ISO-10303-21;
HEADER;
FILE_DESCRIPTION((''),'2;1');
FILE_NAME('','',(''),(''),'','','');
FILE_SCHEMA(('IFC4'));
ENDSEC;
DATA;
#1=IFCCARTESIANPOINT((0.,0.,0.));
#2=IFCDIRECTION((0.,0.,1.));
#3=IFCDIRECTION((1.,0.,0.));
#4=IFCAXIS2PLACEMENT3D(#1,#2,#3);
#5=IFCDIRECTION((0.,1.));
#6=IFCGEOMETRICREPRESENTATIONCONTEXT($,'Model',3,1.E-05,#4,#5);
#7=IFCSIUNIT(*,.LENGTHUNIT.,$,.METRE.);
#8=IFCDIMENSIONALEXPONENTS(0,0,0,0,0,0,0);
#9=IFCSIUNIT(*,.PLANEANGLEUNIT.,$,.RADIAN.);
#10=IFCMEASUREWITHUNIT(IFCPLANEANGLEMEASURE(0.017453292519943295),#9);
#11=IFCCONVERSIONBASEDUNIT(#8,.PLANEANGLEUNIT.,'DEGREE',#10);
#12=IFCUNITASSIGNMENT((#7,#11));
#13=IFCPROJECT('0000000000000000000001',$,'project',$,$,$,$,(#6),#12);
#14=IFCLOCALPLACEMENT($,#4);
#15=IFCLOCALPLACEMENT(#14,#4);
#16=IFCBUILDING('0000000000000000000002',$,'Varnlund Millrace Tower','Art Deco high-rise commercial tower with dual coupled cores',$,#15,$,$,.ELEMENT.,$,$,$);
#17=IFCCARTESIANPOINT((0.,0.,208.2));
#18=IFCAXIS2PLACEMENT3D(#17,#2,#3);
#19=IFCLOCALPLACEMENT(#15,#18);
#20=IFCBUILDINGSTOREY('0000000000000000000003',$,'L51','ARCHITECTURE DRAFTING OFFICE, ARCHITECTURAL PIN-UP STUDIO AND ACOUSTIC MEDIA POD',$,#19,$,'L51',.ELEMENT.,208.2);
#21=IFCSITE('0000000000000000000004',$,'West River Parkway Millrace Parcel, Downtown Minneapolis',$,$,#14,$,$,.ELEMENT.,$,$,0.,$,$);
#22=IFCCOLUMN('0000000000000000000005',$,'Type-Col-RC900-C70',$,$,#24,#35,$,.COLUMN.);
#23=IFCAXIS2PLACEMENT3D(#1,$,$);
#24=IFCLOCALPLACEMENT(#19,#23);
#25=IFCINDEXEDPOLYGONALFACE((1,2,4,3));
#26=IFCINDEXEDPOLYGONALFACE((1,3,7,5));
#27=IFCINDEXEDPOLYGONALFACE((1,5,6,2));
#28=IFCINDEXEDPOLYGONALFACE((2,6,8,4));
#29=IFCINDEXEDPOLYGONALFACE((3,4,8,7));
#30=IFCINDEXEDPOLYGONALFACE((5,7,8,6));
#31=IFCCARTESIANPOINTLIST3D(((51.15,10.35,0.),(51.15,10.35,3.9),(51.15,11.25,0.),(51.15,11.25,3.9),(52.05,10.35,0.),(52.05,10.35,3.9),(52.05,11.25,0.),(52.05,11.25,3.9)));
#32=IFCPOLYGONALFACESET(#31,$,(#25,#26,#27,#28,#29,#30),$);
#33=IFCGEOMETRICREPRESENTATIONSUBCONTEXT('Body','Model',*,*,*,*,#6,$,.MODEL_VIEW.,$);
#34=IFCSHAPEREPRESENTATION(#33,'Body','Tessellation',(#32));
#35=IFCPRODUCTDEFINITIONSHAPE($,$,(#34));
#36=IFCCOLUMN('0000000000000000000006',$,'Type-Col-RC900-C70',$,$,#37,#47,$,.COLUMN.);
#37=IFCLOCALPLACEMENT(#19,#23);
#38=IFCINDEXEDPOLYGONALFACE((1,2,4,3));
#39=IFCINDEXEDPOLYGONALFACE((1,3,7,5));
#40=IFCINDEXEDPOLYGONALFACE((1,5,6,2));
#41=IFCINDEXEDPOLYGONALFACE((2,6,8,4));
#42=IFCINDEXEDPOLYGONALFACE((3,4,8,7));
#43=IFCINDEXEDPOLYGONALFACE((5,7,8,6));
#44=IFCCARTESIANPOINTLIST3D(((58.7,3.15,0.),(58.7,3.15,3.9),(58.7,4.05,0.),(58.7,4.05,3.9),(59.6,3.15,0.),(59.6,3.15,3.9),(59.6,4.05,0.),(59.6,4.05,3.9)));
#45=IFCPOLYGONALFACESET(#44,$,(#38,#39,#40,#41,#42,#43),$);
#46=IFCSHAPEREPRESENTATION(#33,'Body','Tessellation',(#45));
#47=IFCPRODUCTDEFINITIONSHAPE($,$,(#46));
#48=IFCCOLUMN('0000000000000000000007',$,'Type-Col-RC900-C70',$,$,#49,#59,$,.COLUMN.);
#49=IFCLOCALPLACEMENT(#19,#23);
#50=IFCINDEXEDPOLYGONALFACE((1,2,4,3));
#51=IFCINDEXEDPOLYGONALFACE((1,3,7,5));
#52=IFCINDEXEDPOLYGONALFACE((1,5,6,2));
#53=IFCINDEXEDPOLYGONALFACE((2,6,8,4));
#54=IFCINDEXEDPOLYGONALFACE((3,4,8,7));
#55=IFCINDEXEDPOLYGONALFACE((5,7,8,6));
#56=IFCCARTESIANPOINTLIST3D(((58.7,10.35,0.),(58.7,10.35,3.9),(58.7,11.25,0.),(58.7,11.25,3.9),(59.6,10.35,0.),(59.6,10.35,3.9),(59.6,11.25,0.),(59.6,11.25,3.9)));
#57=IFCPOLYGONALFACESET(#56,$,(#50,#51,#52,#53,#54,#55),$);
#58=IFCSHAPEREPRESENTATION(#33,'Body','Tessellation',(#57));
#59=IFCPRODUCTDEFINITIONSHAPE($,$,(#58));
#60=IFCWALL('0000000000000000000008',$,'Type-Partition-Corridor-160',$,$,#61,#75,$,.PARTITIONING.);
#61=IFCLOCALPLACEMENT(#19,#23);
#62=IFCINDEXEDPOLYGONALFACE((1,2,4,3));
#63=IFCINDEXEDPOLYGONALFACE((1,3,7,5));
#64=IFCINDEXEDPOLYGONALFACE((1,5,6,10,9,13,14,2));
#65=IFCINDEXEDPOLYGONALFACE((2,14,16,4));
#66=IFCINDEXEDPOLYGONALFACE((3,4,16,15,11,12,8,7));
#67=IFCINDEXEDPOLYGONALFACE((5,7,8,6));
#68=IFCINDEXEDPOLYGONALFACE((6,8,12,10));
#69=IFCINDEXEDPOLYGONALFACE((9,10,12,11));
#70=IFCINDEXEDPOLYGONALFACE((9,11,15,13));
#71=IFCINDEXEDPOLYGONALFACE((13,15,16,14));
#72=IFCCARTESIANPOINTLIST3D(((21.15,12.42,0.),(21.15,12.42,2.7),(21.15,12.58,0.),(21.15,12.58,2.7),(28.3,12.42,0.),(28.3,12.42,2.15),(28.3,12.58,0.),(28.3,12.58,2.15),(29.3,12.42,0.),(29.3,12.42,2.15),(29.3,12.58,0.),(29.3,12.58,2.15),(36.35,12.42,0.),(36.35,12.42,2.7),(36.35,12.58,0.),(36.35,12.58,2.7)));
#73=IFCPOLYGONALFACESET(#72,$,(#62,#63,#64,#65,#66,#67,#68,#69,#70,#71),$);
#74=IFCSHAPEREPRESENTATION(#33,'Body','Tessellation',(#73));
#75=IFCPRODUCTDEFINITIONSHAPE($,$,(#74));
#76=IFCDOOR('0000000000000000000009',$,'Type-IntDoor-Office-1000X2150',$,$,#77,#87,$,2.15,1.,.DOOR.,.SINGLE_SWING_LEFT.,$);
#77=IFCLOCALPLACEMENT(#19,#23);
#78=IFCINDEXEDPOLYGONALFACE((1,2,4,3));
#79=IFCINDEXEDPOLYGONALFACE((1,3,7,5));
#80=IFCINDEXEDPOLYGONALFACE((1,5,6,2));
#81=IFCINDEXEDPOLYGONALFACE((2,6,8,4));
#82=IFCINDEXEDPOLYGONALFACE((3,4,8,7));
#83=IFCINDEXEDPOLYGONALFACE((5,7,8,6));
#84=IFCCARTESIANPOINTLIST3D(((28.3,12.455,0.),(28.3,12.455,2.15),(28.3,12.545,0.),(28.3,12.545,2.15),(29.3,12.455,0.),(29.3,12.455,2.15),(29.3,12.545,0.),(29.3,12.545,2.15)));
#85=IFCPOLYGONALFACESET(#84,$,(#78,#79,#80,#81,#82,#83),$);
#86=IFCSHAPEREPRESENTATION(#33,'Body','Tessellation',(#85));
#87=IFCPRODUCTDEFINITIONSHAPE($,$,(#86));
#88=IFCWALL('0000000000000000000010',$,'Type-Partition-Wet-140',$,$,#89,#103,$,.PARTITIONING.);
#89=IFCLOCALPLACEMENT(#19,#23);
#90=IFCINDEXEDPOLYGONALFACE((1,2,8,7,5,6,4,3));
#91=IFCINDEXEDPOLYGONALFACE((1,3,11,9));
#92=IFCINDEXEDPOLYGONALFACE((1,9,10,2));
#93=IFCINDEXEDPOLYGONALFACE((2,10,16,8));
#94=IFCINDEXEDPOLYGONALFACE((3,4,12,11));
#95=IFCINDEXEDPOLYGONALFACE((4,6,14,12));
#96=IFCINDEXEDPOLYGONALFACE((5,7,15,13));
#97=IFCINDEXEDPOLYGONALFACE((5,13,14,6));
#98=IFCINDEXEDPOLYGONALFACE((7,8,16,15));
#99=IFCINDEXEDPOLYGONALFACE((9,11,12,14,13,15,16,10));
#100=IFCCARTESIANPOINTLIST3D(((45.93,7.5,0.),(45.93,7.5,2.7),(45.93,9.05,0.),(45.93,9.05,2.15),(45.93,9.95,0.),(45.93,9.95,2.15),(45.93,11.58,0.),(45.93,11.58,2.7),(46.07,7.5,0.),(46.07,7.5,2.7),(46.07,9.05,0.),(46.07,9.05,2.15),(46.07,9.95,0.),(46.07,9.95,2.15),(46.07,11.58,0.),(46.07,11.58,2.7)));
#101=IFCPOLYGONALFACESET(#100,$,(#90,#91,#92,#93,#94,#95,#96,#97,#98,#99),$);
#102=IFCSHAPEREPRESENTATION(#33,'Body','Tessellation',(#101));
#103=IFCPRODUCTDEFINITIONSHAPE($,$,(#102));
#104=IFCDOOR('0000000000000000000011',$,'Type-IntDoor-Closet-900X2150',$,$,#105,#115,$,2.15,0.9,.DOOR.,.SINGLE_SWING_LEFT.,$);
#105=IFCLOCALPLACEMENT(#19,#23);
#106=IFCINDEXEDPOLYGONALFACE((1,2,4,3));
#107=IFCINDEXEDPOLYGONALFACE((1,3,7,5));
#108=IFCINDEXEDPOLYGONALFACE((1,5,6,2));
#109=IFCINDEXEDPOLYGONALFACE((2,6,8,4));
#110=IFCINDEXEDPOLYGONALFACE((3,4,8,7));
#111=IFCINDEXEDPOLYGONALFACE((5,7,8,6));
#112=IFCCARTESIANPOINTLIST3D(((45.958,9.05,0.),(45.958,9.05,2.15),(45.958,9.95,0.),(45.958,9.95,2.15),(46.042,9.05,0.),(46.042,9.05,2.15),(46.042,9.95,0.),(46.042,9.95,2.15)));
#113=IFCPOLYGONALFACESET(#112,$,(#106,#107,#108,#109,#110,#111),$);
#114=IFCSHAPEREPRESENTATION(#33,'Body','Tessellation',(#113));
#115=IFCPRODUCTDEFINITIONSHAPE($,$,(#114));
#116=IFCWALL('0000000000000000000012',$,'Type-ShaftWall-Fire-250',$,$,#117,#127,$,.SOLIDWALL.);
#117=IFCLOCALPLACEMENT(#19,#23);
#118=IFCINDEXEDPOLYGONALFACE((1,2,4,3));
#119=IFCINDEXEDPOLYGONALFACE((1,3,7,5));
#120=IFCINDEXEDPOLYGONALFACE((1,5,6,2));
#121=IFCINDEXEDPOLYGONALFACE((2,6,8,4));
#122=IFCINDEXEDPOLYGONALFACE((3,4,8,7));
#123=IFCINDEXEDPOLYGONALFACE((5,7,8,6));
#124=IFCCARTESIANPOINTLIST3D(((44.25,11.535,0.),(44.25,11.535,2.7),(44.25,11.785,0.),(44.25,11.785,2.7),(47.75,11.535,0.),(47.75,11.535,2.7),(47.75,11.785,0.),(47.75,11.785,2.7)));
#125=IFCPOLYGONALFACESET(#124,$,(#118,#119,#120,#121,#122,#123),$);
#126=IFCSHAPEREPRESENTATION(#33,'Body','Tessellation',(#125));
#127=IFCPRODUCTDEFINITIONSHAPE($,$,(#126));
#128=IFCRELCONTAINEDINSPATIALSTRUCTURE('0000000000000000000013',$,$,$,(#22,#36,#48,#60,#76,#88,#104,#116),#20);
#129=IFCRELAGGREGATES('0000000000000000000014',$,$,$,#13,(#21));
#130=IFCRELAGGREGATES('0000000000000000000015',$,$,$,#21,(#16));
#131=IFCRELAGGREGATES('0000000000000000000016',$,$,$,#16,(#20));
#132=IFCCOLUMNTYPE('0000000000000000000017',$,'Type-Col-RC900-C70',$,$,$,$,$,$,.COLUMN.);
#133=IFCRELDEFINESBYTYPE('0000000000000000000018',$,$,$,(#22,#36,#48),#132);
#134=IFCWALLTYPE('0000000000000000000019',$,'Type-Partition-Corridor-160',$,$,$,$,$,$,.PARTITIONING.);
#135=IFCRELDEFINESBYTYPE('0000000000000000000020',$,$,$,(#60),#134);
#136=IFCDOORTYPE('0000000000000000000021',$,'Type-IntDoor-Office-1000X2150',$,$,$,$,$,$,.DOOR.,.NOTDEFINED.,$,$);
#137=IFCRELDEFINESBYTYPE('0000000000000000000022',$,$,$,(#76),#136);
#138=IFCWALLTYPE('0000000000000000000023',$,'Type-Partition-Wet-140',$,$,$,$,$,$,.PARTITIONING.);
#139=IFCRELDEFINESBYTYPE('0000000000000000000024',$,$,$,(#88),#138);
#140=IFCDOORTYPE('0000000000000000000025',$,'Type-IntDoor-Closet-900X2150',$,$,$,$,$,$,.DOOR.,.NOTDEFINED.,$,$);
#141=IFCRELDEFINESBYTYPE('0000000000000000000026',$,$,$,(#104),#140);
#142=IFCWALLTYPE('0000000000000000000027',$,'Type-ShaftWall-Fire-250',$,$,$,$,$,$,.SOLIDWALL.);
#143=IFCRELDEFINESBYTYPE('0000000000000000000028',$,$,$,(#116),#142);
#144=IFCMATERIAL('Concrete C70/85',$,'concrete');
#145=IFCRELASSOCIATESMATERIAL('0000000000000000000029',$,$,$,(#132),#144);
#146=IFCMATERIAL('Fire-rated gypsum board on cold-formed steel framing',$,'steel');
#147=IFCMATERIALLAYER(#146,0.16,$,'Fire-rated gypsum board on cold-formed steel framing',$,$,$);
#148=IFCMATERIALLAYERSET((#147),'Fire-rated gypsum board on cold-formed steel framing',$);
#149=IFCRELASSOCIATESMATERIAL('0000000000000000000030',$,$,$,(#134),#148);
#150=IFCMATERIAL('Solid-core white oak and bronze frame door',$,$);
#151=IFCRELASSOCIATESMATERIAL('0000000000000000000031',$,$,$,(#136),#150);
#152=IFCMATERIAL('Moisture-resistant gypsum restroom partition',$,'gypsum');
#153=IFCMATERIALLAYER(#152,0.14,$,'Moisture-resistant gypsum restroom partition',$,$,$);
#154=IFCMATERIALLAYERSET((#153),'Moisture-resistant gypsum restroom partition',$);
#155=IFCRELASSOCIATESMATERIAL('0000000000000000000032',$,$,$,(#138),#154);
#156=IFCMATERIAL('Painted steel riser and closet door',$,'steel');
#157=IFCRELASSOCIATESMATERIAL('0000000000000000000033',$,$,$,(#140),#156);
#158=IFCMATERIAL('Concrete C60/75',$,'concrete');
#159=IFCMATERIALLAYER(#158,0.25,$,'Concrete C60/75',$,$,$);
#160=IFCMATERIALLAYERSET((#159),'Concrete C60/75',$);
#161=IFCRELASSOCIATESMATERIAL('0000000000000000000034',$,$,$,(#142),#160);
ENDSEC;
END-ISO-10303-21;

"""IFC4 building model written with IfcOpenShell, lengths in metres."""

from ifc_helpers import new_model, entity, si_unit, converted_unit, direction, frame, origin_with_axes, origin_2d_with_axis, place, context, subcontext, project, spatial, polyline, rectangle, outline, extrude, material, layer, layer_set, material_profile, profile_set, type_object, element, fill, save


model = new_model("IFC4")

# Units and contexts
model_context = context("Model", 3, precision=1e-05, world=origin_with_axes(), true_north=direction((0.0, 1.0)))
body_context = subcontext(model_context, "Body", "Model", "MODEL_VIEW")
ifc_project = project(units=[si_unit("LENGTHUNIT", "METRE"), converted_unit("PLANEANGLEUNIT", "DEGREE", entity("IfcPlaneAngleMeasure", 0.017453292519943295), si_unit("PLANEANGLEUNIT", "RADIAN"), dimensions=[0, 0, 0, 0, 0, 0, 0])], contexts=[model_context])

# Site, building, storey
site_placement = place(None, origin_with_axes())
site = spatial("IfcSite", under=ifc_project, at=site_placement, Name="West River Parkway Millrace Parcel, Downtown Minneapolis", CompositionType="ELEMENT", RefElevation=0.0)
building_placement = place(site_placement, origin_with_axes())
building = spatial("IfcBuilding", under=site, at=building_placement, Name="Varnlund Millrace Tower", Description="Art Deco high-rise commercial tower with dual coupled cores", CompositionType="ELEMENT")
storey_placement = place(building_placement, frame((0.0, 0.0, 208.2), z_axis=(0.0, 0.0, 1.0), x_axis=(1.0, 0.0, 0.0)))
storey = spatial("IfcBuildingStorey", under=building, at=storey_placement, Name="L51", Description="ARCHITECTURE DRAFTING OFFICE, ARCHITECTURAL PIN-UP STUDIO AND ACOUSTIC MEDIA POD", LongName="L51", CompositionType="ELEMENT", Elevation=208.2)

# Columns
ifc_material_1 = material(Name="Concrete C70/85", Category="concrete")
ifc_material_profile_1 = material_profile(ifc_material_1, rectangle(XDim=0.9, YDim=0.9, at=origin_2d_with_axis()), Name="Concrete C70/85")
ifc_profile_set_1 = profile_set([ifc_material_profile_1], Name="Concrete C70/85")
column_type_1 = type_object("IfcColumnType", Name="Type-Col-RC900-C70", PredefinedType="COLUMN", material=ifc_profile_set_1)
for number, where, z_axis, x_axis, name in (
    (1, (51.6, 10.8, 0.0), (0.0, 0.0, 1.0), (1.0, 0.0, 0.0), "Type-Col-RC900-C70"),
    (2, (59.15, 3.6, 0.0), (0.0, 0.0, 1.0), (1.0, 0.0, 0.0), "Type-Col-RC900-C70"),
    (3, (59.15, 10.8, 0.0), (0.0, 0.0, 1.0), (1.0, 0.0, 0.0), "Type-Col-RC900-C70"),
):
    element("IfcColumn", number, at=place(storey_placement, frame(where, z_axis=z_axis, x_axis=x_axis)), inside=storey, type_object=column_type_1, Name=name, PredefinedType="COLUMN", context=body_context, shape_type="SweptSolid", body=[
        extrude(rectangle(XDim=0.9, YDim=0.9, at=origin_2d_with_axis()), origin_with_axes(), (0.0, 0.0, 1.0), 3.9),
    ])

# Shared definitions
ifc_material_2 = material(Name="Fire-rated gypsum board on cold-formed steel framing", Category="steel")
ifc_layer_1 = layer(ifc_material_2, 0.16, Name="Fire-rated gypsum board on cold-formed steel framing")
ifc_layer_set_1 = layer_set([ifc_layer_1], Name="Fire-rated gypsum board on cold-formed steel framing")
wall_type_1 = type_object("IfcWallType", Name="Type-Partition-Corridor-160", PredefinedType="PARTITIONING", material=ifc_layer_set_1)
ifc_material_3 = material(Name="Solid-core white oak and bronze frame door")
door_type_1 = type_object("IfcDoorType", Name="Type-IntDoor-Office-1000X2150", OperationType="NOTDEFINED", PredefinedType="DOOR", material=ifc_material_3)

# Wall, opening, door
wall_1_placement = place(storey_placement, frame((21.15, 12.5, 0.0), z_axis=(0.0, 0.0, 1.0), x_axis=(1.0, 0.0, 0.0)))
wall_1 = element("IfcWall", 4, at=wall_1_placement, inside=storey, type_object=wall_type_1, Name="Type-Partition-Corridor-160", PredefinedType="PARTITIONING", context=body_context, shape_type="SweptSolid", body=[
    extrude(outline(polyline([(0.0, -0.08), (15.2, -0.08), (15.2, 0.08), (0.0, 0.08), (0.0, -0.08)])), origin_with_axes(), (0.0, 0.0, 1.0), 2.7),
])
opening_1_placement = place(wall_1_placement, frame((7.65, 0.0, 0.0), z_axis=(0.0, 0.0, 1.0), x_axis=(1.0, 0.0, 0.0)))
opening_1 = element("IfcOpeningElement", 5, at=opening_1_placement, cuts=wall_1, PredefinedType="OPENING", context=body_context, shape_type="SweptSolid", body=[
    extrude(rectangle(XDim=1.0, YDim=0.18, at=origin_2d_with_axis()), origin_with_axes(), (0.0, 0.0, 1.0), 2.15),
])
door_1_placement = place(wall_1_placement, frame((7.65, 0.0, 0.0), z_axis=(0.0, 0.0, 1.0), x_axis=(1.0, 0.0, 0.0)))
door_1 = element("IfcDoor", 6, at=door_1_placement, inside=storey, type_object=door_type_1, Name="Type-IntDoor-Office-1000X2150", OperationType="SINGLE_SWING_LEFT", OverallHeight=2.15, OverallWidth=1.0, PredefinedType="DOOR", context=body_context, shape_type="SweptSolid", body=[
    extrude(rectangle(XDim=1.0, YDim=0.09, at=origin_2d_with_axis()), origin_with_axes(), (0.0, 0.0, 1.0), 2.15),
])
fill(opening_1, door_1)

# Wall, opening, door
ifc_material_4 = material(Name="Moisture-resistant gypsum restroom partition", Category="gypsum")
ifc_layer_2 = layer(ifc_material_4, 0.14, Name="Moisture-resistant gypsum restroom partition")
ifc_layer_set_2 = layer_set([ifc_layer_2], Name="Moisture-resistant gypsum restroom partition")
wall_type_2 = type_object("IfcWallType", Name="Type-Partition-Wet-140", PredefinedType="PARTITIONING", material=ifc_layer_set_2)
wall_2_placement = place(storey_placement, frame((46.0, 7.5, 0.0), z_axis=(0.0, 0.0, 1.0), x_axis=(0.0, 1.0, 0.0)))
wall_2 = element("IfcWall", 7, at=wall_2_placement, inside=storey, type_object=wall_type_2, Name="Type-Partition-Wet-140", PredefinedType="PARTITIONING", context=body_context, shape_type="SweptSolid", body=[
    extrude(outline(polyline([(0.0, -0.07), (4.08, -0.07), (4.08, 0.07), (0.0, 0.07), (0.0, -0.07)])), origin_with_axes(), (0.0, 0.0, 1.0), 2.7),
])
opening_2_placement = place(wall_2_placement, frame((2.0, 0.0, 0.0), z_axis=(0.0, 0.0, 1.0), x_axis=(1.0, 0.0, 0.0)))
opening_2 = element("IfcOpeningElement", 8, at=opening_2_placement, cuts=wall_2, PredefinedType="OPENING", context=body_context, shape_type="SweptSolid", body=[
    extrude(rectangle(XDim=0.9, YDim=0.16, at=origin_2d_with_axis()), origin_with_axes(), (0.0, 0.0, 1.0), 2.15),
])
ifc_material_5 = material(Name="Painted steel riser and closet door", Category="steel")
door_type_2 = type_object("IfcDoorType", Name="Type-IntDoor-Closet-900X2150", OperationType="NOTDEFINED", PredefinedType="DOOR", material=ifc_material_5)
door_2_placement = place(wall_2_placement, frame((2.0, 0.0, 0.0), z_axis=(0.0, 0.0, 1.0), x_axis=(1.0, 0.0, 0.0)))
door_2 = element("IfcDoor", 9, at=door_2_placement, inside=storey, type_object=door_type_2, Name="Type-IntDoor-Closet-900X2150", OperationType="SINGLE_SWING_LEFT", OverallHeight=2.15, OverallWidth=0.9, PredefinedType="DOOR", context=body_context, shape_type="SweptSolid", body=[
    extrude(rectangle(XDim=0.9, YDim=0.084, at=origin_2d_with_axis()), origin_with_axes(), (0.0, 0.0, 1.0), 2.15),
])
fill(opening_2, door_2)

# Wall
ifc_material_6 = material(Name="Concrete C60/75", Category="concrete")
ifc_layer_3 = layer(ifc_material_6, 0.25, Name="Concrete C60/75")
ifc_layer_set_3 = layer_set([ifc_layer_3], Name="Concrete C60/75")
wall_type_3 = type_object("IfcWallType", Name="Type-ShaftWall-Fire-250", PredefinedType="SOLIDWALL", material=ifc_layer_set_3)
wall_3_placement = place(storey_placement, frame((44.25, 11.66, 0.0), z_axis=(0.0, 0.0, 1.0), x_axis=(1.0, 0.0, 0.0)))
element("IfcWall", 10, at=wall_3_placement, inside=storey, type_object=wall_type_3, Name="Type-ShaftWall-Fire-250", PredefinedType="SOLIDWALL", context=body_context, shape_type="SweptSolid", body=[
    extrude(outline(polyline([(0.0, -0.125), (3.5, -0.125), (3.5, 0.125), (0.0, 0.125), (0.0, -0.125)])), origin_with_axes(), (0.0, 0.0, 1.0), 2.7),
])

save(model, "model.ifc")
